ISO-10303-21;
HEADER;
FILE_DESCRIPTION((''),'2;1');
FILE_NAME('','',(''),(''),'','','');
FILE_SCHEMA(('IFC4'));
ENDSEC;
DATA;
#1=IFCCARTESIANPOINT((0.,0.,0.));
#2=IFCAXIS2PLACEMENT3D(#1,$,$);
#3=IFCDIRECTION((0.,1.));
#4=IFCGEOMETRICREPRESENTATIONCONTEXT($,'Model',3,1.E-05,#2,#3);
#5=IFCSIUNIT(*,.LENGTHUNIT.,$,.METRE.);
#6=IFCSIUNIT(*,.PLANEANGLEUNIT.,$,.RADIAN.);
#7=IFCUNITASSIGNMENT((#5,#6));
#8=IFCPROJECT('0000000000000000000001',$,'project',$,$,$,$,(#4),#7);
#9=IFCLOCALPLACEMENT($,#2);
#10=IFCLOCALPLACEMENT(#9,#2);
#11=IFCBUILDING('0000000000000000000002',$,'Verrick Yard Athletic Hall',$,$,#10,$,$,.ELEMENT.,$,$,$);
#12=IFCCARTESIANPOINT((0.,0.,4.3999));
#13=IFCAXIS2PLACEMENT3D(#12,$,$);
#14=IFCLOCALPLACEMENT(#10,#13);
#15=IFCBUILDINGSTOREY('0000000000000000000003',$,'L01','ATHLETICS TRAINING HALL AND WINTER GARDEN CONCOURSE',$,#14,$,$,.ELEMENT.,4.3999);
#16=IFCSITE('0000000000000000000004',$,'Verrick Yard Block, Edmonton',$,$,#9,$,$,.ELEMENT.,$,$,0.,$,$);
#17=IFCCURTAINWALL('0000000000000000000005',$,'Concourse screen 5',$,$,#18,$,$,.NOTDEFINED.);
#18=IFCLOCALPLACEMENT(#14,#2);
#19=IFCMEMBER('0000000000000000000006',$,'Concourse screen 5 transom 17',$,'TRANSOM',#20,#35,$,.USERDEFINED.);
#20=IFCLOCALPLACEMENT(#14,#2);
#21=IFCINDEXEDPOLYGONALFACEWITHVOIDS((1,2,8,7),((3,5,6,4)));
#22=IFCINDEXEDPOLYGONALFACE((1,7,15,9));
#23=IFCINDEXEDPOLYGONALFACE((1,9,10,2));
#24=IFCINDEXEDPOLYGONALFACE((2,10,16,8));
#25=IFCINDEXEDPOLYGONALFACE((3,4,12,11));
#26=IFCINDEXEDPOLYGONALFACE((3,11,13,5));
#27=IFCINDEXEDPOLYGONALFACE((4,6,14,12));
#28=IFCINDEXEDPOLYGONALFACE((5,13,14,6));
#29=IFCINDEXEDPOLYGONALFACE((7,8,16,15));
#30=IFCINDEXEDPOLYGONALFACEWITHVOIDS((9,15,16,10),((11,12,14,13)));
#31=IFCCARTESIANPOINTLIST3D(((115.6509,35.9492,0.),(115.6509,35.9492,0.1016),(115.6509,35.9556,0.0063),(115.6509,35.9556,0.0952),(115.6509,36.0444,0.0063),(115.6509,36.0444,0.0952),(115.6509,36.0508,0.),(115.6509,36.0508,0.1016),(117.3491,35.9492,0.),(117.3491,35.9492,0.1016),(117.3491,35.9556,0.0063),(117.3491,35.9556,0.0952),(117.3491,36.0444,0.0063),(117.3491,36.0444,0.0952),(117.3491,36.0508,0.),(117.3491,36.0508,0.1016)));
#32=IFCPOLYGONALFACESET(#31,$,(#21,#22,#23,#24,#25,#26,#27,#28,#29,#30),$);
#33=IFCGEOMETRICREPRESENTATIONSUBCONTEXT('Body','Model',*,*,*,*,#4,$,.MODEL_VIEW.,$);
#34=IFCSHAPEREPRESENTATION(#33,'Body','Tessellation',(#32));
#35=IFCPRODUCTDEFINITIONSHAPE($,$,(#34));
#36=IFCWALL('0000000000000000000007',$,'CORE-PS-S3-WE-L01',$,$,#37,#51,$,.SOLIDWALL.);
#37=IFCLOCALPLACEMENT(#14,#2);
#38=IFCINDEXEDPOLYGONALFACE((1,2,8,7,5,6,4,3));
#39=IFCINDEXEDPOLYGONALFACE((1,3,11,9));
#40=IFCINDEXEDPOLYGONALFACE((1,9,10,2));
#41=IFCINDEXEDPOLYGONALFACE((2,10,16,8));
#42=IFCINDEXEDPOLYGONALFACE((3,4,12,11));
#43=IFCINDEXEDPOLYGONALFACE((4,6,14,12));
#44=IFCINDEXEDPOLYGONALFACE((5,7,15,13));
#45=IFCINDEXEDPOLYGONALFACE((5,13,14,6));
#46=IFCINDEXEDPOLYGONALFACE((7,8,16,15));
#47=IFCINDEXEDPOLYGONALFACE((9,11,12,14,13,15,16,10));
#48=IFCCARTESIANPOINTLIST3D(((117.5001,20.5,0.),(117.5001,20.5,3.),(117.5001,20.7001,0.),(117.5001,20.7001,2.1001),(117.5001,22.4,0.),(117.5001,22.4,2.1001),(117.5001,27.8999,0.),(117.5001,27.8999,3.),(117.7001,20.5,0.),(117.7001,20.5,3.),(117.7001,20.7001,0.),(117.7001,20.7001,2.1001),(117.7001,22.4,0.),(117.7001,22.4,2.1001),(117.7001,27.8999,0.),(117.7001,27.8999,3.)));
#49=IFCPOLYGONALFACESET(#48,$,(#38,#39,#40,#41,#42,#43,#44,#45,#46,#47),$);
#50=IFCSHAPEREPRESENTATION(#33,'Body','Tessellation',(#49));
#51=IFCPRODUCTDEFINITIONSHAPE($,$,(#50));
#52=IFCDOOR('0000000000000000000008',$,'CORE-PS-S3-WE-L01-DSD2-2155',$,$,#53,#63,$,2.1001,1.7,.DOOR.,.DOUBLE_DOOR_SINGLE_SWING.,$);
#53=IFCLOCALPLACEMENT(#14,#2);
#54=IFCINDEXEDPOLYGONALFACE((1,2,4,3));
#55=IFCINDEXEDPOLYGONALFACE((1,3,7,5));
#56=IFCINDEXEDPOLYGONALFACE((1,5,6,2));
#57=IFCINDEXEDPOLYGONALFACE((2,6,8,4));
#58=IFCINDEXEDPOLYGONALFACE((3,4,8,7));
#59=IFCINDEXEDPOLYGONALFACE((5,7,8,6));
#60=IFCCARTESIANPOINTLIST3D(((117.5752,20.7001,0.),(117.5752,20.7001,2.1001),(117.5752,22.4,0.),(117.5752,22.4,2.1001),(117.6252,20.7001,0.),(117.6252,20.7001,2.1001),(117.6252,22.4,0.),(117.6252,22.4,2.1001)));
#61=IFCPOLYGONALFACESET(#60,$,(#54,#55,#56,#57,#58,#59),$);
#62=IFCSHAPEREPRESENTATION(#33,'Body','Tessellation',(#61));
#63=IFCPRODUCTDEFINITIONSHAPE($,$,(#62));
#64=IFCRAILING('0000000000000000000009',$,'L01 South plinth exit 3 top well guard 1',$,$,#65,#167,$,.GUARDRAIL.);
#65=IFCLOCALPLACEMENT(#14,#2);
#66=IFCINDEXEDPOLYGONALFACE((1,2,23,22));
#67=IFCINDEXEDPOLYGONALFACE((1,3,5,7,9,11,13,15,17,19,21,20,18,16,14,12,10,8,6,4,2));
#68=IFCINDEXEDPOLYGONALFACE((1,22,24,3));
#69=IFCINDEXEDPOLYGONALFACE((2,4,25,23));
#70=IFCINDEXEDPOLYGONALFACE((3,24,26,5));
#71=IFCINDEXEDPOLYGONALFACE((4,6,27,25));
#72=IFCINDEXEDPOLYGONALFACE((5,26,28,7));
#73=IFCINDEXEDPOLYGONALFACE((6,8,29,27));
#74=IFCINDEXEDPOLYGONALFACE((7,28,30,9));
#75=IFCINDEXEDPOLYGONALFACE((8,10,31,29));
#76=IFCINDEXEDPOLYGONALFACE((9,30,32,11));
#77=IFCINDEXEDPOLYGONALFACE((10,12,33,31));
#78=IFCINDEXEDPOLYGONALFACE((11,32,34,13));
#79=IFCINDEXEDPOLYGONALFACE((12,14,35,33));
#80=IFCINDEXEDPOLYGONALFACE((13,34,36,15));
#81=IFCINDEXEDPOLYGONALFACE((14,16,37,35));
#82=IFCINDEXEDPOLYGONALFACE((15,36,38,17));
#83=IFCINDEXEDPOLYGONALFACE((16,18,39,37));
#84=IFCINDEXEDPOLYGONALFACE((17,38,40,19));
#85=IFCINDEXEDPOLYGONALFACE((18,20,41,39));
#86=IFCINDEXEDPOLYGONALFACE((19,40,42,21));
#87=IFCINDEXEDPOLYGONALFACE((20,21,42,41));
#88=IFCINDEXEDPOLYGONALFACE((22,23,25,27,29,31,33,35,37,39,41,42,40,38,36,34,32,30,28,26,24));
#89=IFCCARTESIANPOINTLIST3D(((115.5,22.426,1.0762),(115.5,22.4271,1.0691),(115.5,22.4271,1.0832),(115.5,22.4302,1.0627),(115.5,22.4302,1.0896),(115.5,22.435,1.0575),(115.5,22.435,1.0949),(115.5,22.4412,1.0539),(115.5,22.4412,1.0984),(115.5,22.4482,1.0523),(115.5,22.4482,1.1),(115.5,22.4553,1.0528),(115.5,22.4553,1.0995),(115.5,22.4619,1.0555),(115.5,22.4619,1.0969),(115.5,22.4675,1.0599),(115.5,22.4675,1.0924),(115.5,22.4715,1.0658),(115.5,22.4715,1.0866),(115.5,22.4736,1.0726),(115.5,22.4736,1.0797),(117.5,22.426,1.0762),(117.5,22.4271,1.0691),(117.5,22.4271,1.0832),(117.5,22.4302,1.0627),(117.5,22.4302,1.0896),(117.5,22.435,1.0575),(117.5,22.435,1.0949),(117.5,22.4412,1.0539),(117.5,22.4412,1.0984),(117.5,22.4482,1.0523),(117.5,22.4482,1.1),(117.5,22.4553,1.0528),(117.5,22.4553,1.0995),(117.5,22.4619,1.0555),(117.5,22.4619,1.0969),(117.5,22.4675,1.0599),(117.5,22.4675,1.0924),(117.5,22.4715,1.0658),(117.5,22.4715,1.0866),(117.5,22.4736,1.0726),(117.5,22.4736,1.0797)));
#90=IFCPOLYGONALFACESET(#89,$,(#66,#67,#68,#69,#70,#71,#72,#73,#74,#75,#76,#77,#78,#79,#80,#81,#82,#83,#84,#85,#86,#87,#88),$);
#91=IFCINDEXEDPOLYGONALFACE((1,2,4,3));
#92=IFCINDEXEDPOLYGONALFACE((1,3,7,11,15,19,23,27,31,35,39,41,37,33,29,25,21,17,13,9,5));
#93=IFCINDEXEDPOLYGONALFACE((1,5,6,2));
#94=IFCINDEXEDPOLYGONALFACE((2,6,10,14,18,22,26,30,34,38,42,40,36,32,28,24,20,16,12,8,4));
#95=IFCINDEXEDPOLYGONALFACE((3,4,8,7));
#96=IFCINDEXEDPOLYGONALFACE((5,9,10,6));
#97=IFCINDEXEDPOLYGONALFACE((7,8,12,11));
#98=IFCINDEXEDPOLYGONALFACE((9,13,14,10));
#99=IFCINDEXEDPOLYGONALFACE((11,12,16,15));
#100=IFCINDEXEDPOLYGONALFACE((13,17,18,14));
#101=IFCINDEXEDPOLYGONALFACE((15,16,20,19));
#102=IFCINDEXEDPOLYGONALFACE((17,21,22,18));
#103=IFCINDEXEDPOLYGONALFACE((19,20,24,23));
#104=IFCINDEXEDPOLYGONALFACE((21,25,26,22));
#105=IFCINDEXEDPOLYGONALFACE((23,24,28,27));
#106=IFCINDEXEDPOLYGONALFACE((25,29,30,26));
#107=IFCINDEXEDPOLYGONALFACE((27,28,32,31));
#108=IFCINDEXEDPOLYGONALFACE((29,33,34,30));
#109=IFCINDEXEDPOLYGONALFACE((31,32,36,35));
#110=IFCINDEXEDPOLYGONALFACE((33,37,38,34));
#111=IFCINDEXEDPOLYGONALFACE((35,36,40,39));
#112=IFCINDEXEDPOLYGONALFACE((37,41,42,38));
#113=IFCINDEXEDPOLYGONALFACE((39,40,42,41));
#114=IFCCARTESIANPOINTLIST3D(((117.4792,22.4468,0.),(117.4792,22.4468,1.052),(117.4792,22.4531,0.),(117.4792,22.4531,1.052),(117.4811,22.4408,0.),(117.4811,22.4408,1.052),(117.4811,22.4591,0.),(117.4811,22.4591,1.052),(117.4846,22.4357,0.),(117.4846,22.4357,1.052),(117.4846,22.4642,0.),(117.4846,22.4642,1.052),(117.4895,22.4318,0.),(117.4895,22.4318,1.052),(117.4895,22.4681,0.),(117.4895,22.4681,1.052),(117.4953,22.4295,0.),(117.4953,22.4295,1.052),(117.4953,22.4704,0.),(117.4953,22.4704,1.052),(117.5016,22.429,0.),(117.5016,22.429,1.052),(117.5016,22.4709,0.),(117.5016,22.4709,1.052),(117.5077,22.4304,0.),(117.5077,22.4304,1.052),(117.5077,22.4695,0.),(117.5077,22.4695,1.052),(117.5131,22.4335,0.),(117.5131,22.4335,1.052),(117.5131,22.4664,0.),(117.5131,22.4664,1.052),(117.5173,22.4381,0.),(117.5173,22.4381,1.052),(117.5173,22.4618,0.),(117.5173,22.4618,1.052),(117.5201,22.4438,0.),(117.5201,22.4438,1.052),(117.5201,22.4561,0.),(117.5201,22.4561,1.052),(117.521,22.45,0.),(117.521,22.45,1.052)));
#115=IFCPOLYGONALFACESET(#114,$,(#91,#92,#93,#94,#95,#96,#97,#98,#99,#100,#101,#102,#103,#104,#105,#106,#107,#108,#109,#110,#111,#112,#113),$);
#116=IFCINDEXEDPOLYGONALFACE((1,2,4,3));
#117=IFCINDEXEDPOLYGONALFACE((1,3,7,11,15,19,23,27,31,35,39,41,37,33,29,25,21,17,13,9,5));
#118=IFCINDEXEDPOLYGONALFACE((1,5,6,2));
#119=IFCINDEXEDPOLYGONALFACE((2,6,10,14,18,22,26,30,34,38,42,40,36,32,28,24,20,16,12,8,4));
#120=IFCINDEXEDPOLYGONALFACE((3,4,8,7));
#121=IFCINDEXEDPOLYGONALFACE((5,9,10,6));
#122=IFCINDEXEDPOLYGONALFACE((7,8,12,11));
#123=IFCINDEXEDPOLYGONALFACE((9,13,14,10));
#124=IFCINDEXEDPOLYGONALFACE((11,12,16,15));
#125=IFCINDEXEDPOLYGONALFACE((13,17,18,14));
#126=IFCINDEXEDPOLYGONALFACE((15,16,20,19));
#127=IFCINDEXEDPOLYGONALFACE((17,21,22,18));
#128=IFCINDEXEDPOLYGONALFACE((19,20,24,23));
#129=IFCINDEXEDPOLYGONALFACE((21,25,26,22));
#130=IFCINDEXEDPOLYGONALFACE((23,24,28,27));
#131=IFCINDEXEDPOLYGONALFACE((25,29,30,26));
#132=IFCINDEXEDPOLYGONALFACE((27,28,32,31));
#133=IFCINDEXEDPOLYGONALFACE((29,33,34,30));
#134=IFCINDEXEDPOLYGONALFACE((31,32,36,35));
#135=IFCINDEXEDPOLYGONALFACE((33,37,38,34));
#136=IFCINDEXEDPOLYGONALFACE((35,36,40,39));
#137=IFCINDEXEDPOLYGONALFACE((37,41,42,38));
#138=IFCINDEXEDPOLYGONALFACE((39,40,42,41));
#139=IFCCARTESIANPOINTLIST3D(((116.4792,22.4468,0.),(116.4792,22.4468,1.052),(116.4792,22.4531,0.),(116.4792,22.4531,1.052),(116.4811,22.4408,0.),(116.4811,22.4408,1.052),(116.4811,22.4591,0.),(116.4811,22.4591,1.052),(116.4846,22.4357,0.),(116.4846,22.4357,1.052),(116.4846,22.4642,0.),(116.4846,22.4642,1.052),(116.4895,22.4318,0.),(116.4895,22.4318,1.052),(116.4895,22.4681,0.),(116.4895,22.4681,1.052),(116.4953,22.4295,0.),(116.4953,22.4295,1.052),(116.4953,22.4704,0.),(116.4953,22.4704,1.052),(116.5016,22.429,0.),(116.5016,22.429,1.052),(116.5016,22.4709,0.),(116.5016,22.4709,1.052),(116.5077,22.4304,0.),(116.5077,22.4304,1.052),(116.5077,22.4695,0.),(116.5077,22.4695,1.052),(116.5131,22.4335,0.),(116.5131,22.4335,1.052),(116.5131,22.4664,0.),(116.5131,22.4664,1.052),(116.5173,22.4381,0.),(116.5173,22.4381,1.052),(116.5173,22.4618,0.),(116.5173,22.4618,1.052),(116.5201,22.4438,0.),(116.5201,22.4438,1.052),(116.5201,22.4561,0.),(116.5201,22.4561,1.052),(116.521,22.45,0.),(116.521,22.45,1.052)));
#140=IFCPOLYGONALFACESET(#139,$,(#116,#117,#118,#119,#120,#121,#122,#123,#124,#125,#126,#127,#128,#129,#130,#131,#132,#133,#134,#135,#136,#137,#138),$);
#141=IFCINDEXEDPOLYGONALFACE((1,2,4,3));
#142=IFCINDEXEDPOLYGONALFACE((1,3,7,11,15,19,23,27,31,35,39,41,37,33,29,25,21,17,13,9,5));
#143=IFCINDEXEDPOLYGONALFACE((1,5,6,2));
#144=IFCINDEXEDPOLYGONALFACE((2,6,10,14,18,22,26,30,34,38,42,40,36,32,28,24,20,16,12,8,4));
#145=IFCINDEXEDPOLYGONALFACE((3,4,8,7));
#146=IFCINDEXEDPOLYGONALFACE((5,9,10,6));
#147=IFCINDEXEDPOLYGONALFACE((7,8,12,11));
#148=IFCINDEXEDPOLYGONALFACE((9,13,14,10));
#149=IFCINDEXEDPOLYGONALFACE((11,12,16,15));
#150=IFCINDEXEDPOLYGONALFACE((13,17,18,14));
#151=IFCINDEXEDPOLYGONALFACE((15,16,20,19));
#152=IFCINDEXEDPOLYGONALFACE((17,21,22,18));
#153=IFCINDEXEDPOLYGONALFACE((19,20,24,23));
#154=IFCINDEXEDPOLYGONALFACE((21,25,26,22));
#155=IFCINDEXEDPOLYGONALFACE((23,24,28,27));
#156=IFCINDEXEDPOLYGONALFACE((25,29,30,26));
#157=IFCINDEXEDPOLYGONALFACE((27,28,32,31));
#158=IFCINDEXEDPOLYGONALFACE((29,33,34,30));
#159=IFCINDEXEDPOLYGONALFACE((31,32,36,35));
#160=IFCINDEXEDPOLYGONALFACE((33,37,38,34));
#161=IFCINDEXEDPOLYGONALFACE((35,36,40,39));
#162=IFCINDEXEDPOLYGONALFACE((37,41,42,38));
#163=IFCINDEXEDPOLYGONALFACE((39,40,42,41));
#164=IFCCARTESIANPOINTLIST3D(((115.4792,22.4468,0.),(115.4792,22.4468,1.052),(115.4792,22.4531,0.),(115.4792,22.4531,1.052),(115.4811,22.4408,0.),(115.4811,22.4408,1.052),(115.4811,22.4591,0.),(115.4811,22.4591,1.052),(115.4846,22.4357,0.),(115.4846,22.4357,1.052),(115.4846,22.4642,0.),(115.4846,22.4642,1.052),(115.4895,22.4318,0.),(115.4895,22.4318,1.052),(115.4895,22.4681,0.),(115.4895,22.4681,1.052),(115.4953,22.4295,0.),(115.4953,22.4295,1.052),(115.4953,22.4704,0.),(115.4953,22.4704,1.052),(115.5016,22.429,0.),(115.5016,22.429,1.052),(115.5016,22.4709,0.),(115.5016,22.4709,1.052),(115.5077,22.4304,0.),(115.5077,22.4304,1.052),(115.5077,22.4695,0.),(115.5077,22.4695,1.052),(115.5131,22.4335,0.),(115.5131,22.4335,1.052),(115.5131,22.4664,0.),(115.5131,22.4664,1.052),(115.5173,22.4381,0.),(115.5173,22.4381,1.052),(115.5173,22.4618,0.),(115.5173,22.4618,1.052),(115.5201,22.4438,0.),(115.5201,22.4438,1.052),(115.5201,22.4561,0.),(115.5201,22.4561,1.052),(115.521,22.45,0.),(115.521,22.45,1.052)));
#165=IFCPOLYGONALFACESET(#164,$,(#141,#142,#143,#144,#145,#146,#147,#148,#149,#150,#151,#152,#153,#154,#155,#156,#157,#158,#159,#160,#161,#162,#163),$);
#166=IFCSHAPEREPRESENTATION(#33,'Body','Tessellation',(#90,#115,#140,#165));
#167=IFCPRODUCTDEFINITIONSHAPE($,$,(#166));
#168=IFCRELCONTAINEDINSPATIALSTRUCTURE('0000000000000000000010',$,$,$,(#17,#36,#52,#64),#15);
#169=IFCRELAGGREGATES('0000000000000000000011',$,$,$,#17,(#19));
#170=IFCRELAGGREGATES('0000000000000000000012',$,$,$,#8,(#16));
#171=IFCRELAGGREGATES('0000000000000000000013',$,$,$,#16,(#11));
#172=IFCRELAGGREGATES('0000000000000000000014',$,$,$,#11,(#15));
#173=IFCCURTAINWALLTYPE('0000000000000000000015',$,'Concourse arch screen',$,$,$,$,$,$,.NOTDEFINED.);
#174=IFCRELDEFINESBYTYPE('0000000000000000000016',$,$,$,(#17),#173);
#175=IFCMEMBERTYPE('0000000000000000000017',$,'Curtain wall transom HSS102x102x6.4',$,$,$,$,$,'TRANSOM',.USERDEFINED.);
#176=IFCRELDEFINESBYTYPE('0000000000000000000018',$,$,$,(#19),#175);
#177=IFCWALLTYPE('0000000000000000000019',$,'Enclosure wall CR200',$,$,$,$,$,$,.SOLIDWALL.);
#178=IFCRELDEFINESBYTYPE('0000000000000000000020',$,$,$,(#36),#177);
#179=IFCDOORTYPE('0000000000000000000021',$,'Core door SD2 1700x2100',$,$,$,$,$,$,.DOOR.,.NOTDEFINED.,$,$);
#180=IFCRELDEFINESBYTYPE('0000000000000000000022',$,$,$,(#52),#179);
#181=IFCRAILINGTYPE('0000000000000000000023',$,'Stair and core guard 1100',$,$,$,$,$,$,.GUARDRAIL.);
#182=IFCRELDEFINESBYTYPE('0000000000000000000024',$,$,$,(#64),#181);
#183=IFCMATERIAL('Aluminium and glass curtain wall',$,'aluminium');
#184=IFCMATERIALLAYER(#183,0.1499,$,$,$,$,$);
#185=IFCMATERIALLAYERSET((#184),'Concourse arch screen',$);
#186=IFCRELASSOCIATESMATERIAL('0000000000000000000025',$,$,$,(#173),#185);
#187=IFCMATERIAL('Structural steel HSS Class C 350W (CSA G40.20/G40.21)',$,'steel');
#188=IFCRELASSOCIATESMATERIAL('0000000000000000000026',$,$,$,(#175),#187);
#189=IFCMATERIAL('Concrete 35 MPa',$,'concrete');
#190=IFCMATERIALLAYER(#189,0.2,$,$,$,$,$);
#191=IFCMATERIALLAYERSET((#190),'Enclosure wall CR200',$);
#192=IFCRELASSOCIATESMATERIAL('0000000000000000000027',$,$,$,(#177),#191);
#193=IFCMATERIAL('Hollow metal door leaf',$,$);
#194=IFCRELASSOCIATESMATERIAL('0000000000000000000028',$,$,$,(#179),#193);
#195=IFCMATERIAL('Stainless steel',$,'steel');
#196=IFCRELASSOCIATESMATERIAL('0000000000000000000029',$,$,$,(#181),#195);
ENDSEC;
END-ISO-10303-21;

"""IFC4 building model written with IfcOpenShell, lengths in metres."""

from ifc_helpers import new_model, si_unit, direction, frame, frame_2d, origin, origin_2d, place, context, subcontext, project, spatial, rectangle, hollow_rectangle, circle, extrude, material, layer, layer_set, material_profile, profile_set, type_object, element, fill, aggregate, save


model = new_model("IFC4")

# Units and contexts
model_context = context("Model", 3, precision=1e-05, world=origin(), true_north=direction((0.0, 1.0)))
body_context = subcontext(model_context, "Body", "Model", "MODEL_VIEW")
ifc_project = project(units=[si_unit("LENGTHUNIT", "METRE"), si_unit("PLANEANGLEUNIT", "RADIAN")], contexts=[model_context])

# Site, building, storey
site_placement = place(None, origin())
site = spatial("IfcSite", under=ifc_project, at=site_placement, Name="Verrick Yard Block, Edmonton", CompositionType="ELEMENT", RefElevation=0.0)
building_placement = place(site_placement, origin())
building = spatial("IfcBuilding", under=site, at=building_placement, Name="Verrick Yard Athletic Hall", CompositionType="ELEMENT")
storey_placement = place(building_placement, frame((0.0, 0.0, 4.3999)))
storey = spatial("IfcBuildingStorey", under=building, at=storey_placement, Name="L01", Description="ATHLETICS TRAINING HALL AND WINTER GARDEN CONCOURSE", CompositionType="ELEMENT", Elevation=4.3999)

# Shared definitions
ifc_material_1 = material(Name="Concrete 35 MPa", Category="concrete")

# Shared definitions
ifc_material_2 = material(Name="Aluminium and glass curtain wall", Category="aluminium")
ifc_material_3 = material(Name="Structural steel HSS Class C 350W (CSA G40.20/G40.21)", Category="steel")

# Curtain wall
ifc_layer_1 = layer(ifc_material_2, 0.1499)
ifc_layer_set_1 = layer_set([ifc_layer_1], Name="Concourse arch screen")
curtain_wall_type_1 = type_object("IfcCurtainWallType", Name="Concourse arch screen", PredefinedType="NOTDEFINED", material=ifc_layer_set_1)
curtain_wall_1_placement = place(storey_placement, origin())
curtain_wall_1 = element("IfcCurtainWall", 1, at=curtain_wall_1_placement, inside=storey, type_object=curtain_wall_type_1, Name="Concourse screen 5", PredefinedType="NOTDEFINED")

# Member
ifc_material_profile_1 = material_profile(ifc_material_3, hollow_rectangle(XDim=0.1016, YDim=0.1016, WallThickness=0.0063, at=origin_2d()), Name="HSS102x102x6.4")
ifc_profile_set_1 = profile_set([ifc_material_profile_1], Name="Structural steel HSS Class C 350W (CSA G40.20/G40.21)")
member_type_1 = type_object("IfcMemberType", Name="Curtain wall transom HSS102x102x6.4", ElementType="TRANSOM", PredefinedType="USERDEFINED", material=ifc_profile_set_1)
member_1_placement = place(storey_placement, frame((115.6509, 36.0, 0.0508), z_axis=(1.0, 0.0, 0.0), x_axis=(0.0, 1.0, 0.0)))
member_1 = element("IfcMember", 2, at=member_1_placement, type_object=member_type_1, Name="Concourse screen 5 transom 17", ObjectType="TRANSOM", PredefinedType="USERDEFINED", context=body_context, shape_type="SweptSolid", body=[
    extrude(hollow_rectangle(XDim=0.1016, YDim=0.1016, WallThickness=0.0063, at=origin_2d()), origin(), (0.0, 0.0, 1.0), 1.6982),
])
aggregate(curtain_wall_1, [member_1])

# Wall, opening, door
ifc_layer_2 = layer(ifc_material_1, 0.2)
ifc_layer_set_2 = layer_set([ifc_layer_2], Name="Enclosure wall CR200")
wall_type = type_object("IfcWallType", Name="Enclosure wall CR200", PredefinedType="SOLIDWALL", material=ifc_layer_set_2)
wall_placement = place(storey_placement, frame((117.6001, 20.5, 0.0), z_axis=(0.0, 0.0, 1.0), x_axis=(0.0, 1.0, 0.0)))
wall = element("IfcWall", 3, at=wall_placement, inside=storey, type_object=wall_type, Name="CORE-PS-S3-WE-L01", PredefinedType="SOLIDWALL", context=body_context, shape_type="SweptSolid", body=[
    extrude(rectangle(XDim=7.3999, YDim=0.2, at=frame_2d((3.7, 0.0))), origin(), (0.0, 0.0, 1.0), 3.0),
])
opening_placement = place(wall_placement, frame((0.2, 0.0, 0.0)))
opening = element("IfcOpeningElement", 4, at=opening_placement, cuts=wall, PredefinedType="OPENING", context=body_context, shape_type="SweptSolid", body=[
    extrude(rectangle(XDim=1.7, YDim=2.1001, at=frame_2d((0.8501, 1.05))), frame((0.0, 0.1099, 0.0), z_axis=(0.0, -1.0, 0.0), x_axis=(1.0, 0.0, 0.0)), (0.0, 0.0, 1.0), 0.22),
])
ifc_material_4 = material(Name="Hollow metal door leaf")
door_type = type_object("IfcDoorType", Name="Core door SD2 1700x2100", OperationType="NOTDEFINED", PredefinedType="DOOR", material=ifc_material_4)
door_placement = place(opening_placement, origin())
door = element("IfcDoor", 5, at=door_placement, inside=storey, type_object=door_type, Name="CORE-PS-S3-WE-L01-DSD2-2155", OperationType="DOUBLE_DOOR_SINGLE_SWING", OverallHeight=2.1001, OverallWidth=1.7, PredefinedType="DOOR", context=body_context, shape_type="SweptSolid", body=[
    extrude(rectangle(XDim=1.7, YDim=2.1001, at=frame_2d((0.8501, 1.05))), frame((0.0, 0.0249, 0.0), z_axis=(0.0, -1.0, 0.0), x_axis=(1.0, 0.0, 0.0)), (0.0, 0.0, 1.0), 0.05),
])
fill(opening, door)

# Railing
ifc_material_5 = material(Name="Stainless steel", Category="steel")
railing_type = type_object("IfcRailingType", Name="Stair and core guard 1100", PredefinedType="GUARDRAIL", material=ifc_material_5)
railing_placement = place(storey_placement, frame((117.5, 22.45, 0.0)))
element("IfcRailing", 6, at=railing_placement, inside=storey, type_object=railing_type, Name="L01 South plinth exit 3 top well guard 1", PredefinedType="GUARDRAIL", context=body_context, shape_type="SweptSolid", body=[
    extrude(circle(Radius=0.0239, at=origin_2d()), frame((0.0, 0.0, 1.0762), z_axis=(-1.0, 0.0, 0.0), x_axis=(0.0, -1.0, 0.0)), (0.0, 0.0, 1.0), 2.0),
    extrude(circle(Radius=0.021, at=origin_2d()), origin(), (0.0, 0.0, 1.0), 1.052),
    extrude(circle(Radius=0.021, at=origin_2d()), frame((-1.0, 0.0, 0.0)), (0.0, 0.0, 1.0), 1.052),
    extrude(circle(Radius=0.021, at=origin_2d()), frame((-2.0, 0.0, 0.0)), (0.0, 0.0, 1.0), 1.052),
])

save(model, "model.ifc")
